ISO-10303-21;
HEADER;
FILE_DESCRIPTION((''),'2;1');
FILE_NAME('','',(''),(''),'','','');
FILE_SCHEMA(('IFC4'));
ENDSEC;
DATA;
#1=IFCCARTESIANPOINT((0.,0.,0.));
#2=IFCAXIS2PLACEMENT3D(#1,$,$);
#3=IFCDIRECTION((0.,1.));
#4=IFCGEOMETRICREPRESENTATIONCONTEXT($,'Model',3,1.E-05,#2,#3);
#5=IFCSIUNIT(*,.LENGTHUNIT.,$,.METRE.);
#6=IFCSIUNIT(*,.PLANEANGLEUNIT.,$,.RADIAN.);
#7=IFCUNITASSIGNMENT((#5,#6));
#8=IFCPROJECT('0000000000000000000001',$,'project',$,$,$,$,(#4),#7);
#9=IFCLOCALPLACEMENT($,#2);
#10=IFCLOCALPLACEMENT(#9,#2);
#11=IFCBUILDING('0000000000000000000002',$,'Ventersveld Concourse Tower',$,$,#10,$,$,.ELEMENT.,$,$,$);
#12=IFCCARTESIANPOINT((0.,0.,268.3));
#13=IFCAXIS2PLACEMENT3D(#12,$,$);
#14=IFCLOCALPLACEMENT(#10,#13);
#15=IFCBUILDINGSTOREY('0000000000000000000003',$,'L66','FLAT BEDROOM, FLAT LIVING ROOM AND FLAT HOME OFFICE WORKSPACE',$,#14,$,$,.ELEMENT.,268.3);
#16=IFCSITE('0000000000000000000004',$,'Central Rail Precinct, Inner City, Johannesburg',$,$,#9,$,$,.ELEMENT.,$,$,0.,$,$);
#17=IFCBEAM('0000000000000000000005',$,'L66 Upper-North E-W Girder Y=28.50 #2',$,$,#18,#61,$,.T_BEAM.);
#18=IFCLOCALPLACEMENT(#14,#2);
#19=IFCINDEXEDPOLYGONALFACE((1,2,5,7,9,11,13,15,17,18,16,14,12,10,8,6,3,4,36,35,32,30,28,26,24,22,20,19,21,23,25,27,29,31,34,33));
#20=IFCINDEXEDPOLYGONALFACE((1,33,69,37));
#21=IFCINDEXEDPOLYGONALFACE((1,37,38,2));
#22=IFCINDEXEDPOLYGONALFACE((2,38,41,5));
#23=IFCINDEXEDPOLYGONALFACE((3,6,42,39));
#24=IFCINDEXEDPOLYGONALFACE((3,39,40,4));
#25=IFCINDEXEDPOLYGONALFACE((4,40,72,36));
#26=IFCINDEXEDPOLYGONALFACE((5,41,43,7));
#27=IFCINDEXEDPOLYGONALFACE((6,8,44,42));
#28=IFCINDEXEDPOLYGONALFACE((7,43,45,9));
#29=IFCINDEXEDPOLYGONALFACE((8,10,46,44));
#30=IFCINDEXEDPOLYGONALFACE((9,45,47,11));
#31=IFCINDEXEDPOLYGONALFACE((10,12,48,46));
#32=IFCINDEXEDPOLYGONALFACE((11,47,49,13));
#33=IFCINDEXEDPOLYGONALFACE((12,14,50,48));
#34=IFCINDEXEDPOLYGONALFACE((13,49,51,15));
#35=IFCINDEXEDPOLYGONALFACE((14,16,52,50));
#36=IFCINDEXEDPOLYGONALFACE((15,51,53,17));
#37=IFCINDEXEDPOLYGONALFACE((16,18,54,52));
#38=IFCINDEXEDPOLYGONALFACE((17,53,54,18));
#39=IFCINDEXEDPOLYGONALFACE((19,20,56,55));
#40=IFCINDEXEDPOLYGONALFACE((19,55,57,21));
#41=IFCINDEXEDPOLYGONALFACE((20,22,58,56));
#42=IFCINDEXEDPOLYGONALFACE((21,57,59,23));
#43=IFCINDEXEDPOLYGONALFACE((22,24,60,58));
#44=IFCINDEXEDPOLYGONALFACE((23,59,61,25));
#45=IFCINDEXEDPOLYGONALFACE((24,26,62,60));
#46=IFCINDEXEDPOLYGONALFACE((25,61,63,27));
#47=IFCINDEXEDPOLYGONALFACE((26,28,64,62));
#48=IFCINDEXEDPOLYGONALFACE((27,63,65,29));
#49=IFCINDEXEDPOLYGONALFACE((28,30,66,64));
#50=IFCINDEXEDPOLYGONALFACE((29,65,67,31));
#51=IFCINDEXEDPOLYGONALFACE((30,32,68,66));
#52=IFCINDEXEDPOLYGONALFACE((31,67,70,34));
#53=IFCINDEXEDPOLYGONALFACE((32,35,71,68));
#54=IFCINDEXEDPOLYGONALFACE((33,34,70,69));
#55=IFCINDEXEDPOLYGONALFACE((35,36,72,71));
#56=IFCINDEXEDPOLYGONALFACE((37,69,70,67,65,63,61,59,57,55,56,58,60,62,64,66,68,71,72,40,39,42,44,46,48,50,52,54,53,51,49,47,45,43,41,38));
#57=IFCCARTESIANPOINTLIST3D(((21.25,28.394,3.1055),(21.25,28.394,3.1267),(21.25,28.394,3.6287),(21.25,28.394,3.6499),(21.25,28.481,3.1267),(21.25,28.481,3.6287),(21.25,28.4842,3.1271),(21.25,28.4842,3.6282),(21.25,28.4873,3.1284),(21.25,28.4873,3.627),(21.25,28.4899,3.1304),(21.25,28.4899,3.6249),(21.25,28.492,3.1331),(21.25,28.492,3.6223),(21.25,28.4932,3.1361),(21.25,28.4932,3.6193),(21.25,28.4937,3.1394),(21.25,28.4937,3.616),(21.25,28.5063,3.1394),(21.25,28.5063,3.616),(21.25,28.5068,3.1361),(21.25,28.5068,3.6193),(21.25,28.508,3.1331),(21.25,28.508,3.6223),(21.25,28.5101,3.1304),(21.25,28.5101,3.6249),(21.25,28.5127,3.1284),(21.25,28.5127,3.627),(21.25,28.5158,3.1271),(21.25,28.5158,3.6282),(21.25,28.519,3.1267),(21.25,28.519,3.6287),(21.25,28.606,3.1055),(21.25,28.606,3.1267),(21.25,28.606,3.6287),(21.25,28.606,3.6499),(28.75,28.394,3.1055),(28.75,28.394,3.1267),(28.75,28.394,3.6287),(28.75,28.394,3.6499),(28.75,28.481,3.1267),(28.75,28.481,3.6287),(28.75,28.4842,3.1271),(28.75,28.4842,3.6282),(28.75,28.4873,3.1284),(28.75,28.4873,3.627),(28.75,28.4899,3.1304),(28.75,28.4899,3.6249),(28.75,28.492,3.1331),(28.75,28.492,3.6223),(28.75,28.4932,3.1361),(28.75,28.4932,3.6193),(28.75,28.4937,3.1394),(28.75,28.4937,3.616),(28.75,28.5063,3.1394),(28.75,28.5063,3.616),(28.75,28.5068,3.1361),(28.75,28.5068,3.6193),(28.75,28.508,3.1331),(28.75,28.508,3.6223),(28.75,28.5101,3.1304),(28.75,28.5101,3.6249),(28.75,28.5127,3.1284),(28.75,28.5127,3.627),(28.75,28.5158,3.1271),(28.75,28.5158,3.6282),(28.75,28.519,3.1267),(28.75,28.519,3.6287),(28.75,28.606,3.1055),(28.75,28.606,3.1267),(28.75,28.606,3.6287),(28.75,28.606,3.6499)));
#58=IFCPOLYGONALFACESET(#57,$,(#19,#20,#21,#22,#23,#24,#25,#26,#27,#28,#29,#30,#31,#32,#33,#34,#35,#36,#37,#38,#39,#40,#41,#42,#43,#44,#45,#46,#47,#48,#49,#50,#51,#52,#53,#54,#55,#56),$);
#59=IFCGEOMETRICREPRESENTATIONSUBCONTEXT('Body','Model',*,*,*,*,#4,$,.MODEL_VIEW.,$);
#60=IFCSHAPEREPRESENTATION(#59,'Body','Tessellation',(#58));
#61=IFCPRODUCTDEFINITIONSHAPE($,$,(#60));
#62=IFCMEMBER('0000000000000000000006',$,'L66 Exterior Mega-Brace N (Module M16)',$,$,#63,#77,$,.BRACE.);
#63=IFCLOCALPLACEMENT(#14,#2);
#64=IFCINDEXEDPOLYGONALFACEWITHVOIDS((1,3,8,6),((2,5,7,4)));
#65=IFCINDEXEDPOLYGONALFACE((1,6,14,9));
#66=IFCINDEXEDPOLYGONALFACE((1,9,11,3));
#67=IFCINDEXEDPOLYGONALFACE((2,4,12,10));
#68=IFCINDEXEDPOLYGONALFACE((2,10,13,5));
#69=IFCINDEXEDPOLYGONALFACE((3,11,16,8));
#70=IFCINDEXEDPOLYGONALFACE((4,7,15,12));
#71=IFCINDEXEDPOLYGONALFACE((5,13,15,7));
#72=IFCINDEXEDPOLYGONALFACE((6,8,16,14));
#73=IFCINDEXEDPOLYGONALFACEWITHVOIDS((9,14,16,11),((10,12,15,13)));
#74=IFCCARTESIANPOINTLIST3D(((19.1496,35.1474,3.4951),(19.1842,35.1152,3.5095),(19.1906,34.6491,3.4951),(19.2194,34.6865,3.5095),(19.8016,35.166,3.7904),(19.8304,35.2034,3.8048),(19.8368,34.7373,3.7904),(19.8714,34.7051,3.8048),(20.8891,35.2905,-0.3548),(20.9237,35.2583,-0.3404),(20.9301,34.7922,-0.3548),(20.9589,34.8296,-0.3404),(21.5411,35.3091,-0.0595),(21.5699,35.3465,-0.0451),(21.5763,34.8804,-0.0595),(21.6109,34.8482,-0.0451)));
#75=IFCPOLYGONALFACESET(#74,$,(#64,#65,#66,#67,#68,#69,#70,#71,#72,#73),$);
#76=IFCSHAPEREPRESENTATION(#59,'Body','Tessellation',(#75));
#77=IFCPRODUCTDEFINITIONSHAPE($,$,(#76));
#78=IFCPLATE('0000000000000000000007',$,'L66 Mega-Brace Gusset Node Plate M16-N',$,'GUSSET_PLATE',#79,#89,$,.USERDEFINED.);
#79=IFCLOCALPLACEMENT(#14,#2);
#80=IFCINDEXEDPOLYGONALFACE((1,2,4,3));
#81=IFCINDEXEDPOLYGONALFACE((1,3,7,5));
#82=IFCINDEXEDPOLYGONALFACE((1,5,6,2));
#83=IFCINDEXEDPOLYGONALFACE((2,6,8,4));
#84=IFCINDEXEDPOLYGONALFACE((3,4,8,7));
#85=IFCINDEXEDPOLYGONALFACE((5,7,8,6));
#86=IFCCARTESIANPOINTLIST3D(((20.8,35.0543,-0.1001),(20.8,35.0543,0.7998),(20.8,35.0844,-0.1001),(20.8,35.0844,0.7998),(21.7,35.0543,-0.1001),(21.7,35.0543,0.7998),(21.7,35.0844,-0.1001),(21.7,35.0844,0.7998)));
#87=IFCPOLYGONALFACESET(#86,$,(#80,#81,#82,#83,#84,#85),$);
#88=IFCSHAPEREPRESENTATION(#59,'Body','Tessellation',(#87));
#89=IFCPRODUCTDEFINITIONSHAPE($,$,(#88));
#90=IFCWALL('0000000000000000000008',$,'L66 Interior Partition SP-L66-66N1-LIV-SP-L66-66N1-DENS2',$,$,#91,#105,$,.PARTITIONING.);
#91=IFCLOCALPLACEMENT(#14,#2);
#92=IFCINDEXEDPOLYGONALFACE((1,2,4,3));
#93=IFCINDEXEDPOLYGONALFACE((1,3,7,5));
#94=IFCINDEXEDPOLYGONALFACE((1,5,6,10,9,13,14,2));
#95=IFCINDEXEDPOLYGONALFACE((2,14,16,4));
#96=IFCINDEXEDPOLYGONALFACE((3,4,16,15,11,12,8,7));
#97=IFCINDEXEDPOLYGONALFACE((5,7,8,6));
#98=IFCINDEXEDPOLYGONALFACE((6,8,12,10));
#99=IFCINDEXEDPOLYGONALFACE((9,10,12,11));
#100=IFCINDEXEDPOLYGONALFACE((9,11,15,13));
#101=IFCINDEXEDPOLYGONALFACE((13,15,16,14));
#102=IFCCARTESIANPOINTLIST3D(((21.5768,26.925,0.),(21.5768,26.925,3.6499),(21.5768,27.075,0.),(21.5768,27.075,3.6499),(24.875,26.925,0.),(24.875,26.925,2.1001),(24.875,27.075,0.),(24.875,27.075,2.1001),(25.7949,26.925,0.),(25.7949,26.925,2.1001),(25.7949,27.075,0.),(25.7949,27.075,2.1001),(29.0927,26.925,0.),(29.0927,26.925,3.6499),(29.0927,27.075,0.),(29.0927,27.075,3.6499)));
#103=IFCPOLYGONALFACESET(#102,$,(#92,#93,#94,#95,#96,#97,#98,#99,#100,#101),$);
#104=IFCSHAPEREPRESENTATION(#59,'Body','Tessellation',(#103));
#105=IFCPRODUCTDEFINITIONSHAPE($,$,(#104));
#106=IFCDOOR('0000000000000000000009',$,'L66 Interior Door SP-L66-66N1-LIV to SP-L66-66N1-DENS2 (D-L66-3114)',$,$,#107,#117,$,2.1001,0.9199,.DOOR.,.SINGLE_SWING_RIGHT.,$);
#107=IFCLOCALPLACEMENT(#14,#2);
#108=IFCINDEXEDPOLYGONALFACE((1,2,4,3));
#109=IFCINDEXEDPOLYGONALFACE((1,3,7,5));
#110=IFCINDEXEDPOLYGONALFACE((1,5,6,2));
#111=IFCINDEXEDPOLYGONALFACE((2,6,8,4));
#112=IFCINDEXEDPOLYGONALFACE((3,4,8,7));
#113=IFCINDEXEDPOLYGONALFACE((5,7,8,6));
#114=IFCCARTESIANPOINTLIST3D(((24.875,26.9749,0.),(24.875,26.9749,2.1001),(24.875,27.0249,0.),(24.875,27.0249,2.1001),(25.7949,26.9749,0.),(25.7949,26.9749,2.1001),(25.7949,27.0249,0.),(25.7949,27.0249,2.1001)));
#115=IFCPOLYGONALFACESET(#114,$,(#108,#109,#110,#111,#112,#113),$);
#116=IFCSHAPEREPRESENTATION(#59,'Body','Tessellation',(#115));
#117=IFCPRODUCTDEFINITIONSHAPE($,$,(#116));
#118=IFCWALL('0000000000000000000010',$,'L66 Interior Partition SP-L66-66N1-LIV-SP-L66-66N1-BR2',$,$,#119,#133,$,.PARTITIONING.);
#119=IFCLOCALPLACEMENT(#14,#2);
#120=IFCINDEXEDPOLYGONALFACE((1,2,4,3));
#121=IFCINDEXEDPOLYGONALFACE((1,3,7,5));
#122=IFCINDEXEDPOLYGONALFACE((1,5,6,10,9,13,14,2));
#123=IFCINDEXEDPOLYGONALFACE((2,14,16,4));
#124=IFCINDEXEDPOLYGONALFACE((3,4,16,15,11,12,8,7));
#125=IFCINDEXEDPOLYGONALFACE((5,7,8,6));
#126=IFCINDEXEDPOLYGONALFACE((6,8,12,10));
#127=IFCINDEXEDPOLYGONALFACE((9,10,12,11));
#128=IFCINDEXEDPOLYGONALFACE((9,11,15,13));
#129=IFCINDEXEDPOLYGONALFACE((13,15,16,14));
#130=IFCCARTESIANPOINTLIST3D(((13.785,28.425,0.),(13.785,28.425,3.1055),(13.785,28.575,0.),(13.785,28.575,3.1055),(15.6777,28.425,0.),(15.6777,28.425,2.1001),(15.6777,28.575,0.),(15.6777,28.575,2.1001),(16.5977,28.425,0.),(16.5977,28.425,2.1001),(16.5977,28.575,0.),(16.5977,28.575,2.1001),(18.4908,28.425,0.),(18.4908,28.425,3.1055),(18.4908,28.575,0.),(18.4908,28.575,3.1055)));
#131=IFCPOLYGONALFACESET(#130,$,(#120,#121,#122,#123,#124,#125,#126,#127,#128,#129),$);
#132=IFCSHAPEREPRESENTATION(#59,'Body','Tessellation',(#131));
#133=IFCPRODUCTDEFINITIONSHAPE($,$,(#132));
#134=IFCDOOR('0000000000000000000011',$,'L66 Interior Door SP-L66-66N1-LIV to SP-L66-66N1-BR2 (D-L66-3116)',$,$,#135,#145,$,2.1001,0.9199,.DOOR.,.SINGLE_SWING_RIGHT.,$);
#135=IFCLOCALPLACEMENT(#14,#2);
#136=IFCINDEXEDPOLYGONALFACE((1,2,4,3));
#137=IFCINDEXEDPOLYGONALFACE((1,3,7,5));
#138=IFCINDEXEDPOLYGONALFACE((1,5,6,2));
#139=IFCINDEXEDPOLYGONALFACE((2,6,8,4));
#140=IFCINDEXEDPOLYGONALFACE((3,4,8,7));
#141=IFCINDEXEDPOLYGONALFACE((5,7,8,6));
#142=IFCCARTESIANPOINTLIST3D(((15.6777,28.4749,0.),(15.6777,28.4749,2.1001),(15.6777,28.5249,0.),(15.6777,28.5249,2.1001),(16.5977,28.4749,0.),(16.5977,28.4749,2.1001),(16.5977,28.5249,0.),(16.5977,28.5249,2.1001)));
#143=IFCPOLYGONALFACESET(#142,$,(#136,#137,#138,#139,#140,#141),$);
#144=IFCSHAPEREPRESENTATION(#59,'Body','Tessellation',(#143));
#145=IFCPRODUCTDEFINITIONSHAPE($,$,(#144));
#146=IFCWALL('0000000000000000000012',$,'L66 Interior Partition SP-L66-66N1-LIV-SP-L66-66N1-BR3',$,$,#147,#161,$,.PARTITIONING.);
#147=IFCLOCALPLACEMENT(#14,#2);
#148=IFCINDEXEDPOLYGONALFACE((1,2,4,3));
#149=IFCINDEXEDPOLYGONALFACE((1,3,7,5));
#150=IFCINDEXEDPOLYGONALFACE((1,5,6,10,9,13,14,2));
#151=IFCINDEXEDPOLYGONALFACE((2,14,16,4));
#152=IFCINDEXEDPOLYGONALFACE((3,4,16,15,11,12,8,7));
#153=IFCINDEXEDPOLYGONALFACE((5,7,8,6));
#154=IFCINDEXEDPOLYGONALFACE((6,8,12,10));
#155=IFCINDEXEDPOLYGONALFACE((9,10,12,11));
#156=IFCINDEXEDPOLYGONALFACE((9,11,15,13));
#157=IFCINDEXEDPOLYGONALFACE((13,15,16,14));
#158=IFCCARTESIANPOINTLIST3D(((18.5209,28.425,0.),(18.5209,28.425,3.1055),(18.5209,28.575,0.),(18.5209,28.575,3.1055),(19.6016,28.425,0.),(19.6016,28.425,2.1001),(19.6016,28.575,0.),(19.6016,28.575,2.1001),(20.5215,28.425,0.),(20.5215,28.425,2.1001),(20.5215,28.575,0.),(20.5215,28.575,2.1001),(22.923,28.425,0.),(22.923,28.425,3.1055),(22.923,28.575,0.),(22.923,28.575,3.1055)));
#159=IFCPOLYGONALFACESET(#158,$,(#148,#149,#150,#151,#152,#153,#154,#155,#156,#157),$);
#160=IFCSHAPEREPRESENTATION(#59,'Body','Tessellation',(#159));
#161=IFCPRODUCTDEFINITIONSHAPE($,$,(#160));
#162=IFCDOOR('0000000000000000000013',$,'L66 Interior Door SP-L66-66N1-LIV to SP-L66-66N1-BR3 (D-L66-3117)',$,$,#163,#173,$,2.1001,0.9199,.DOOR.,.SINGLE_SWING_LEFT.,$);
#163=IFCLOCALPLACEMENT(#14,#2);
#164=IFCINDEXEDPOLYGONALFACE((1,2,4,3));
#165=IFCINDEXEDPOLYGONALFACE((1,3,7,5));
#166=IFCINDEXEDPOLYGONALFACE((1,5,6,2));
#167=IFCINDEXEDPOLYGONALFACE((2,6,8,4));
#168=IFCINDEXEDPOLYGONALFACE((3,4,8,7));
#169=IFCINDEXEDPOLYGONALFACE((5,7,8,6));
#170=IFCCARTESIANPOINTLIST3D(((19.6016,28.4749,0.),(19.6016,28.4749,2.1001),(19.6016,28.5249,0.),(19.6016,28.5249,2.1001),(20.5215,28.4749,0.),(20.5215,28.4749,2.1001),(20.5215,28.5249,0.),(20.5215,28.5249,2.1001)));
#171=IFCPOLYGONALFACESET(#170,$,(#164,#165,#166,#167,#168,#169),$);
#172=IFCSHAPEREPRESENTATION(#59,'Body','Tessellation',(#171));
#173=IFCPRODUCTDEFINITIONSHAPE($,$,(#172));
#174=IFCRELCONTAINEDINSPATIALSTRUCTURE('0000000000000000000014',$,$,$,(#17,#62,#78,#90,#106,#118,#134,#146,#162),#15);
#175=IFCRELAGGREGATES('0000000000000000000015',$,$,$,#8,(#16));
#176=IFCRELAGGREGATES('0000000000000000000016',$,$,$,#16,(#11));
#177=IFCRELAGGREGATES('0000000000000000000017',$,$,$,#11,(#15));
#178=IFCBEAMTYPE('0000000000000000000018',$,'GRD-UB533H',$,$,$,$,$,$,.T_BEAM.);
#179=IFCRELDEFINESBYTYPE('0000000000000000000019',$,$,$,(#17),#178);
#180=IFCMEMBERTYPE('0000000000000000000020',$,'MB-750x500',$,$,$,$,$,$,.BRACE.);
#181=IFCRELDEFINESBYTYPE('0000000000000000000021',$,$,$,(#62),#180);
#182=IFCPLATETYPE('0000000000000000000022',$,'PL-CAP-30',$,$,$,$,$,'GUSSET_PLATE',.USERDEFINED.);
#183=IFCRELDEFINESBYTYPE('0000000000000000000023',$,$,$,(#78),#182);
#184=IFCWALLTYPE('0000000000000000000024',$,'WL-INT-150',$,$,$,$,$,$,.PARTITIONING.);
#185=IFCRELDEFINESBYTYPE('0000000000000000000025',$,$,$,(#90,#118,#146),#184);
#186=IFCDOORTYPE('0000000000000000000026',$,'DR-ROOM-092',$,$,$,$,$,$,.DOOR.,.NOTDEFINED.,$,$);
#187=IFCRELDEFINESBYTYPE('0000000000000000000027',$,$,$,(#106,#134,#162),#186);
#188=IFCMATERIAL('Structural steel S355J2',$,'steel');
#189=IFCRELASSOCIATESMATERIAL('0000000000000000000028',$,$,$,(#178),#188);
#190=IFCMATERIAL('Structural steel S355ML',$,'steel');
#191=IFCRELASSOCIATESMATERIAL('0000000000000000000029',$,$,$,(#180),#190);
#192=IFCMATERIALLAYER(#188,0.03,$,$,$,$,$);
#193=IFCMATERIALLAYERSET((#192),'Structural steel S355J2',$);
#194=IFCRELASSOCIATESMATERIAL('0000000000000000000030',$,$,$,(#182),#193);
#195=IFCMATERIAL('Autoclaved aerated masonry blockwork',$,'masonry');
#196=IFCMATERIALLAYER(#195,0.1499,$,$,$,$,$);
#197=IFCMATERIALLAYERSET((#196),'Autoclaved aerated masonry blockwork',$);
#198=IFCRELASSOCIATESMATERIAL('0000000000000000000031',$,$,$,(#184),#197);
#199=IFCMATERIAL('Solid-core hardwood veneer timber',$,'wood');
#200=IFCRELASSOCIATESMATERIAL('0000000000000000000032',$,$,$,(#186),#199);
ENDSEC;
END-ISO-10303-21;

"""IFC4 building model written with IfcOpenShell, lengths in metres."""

from ifc_helpers import new_model, si_unit, direction, frame, frame_2d, origin, origin_2d, place, context, subcontext, project, spatial, rectangle, hollow_rectangle, i_section, extrude, material, layer, layer_set, material_profile, profile_set, type_object, element, fill, save


model = new_model("IFC4")

# Units and contexts
model_context = context("Model", 3, precision=1e-05, world=origin(), true_north=direction((0.0, 1.0)))
body_context = subcontext(model_context, "Body", "Model", "MODEL_VIEW")
ifc_project = project(units=[si_unit("LENGTHUNIT", "METRE"), si_unit("PLANEANGLEUNIT", "RADIAN")], contexts=[model_context])

# Site, building, storey
site_placement = place(None, origin())
site = spatial("IfcSite", under=ifc_project, at=site_placement, Name="Central Rail Precinct, Inner City, Johannesburg", CompositionType="ELEMENT", RefElevation=0.0)
building_placement = place(site_placement, origin())
building = spatial("IfcBuilding", under=site, at=building_placement, Name="Ventersveld Concourse Tower", CompositionType="ELEMENT")
storey_placement = place(building_placement, frame((0.0, 0.0, 268.3)))
storey = spatial("IfcBuildingStorey", under=building, at=storey_placement, Name="L66", Description="FLAT BEDROOM, FLAT LIVING ROOM AND FLAT HOME OFFICE WORKSPACE", CompositionType="ELEMENT", Elevation=268.3)

# Beam
ifc_material_1 = material(Name="Structural steel S355J2", Category="steel")
ifc_material_profile_1 = material_profile(ifc_material_1, i_section(OverallWidth=0.2119, OverallDepth=0.5444, WebThickness=0.0127, FlangeThickness=0.0212, FilletRadius=0.0127, at=origin_2d()), Name="UB 533x210x122")
ifc_profile_set_1 = profile_set([ifc_material_profile_1], Name="Structural steel S355J2")
beam_type_1 = type_object("IfcBeamType", Name="GRD-UB533H", PredefinedType="T_BEAM", material=ifc_profile_set_1)
for number, where, z_axis, x_axis, name in (
    (1, (21.25, 28.5, 3.3777), (1.0, 0.0, 0.0), (0.0, 1.0, 0.0), "L66 Upper-North E-W Girder Y=28.50 #2"),
):
    element("IfcBeam", number, at=place(storey_placement, frame(where, z_axis=z_axis, x_axis=x_axis)), inside=storey, type_object=beam_type_1, Name=name, PredefinedType="T_BEAM", context=body_context, shape_type="SweptSolid", body=[
        extrude(i_section(OverallWidth=0.2119, OverallDepth=0.5444, WebThickness=0.0127, FlangeThickness=0.0212, FilletRadius=0.0127, at=origin_2d()), origin(), (0.0, 0.0, 1.0), 7.5),
    ])

# Member
ifc_material_2 = material(Name="Structural steel S355ML", Category="steel")
ifc_material_profile_2 = material_profile(ifc_material_2, hollow_rectangle(XDim=0.5, YDim=0.75, WallThickness=0.0349, at=origin_2d()), Name="BOX 750x500x35")
ifc_profile_set_2 = profile_set([ifc_material_profile_2], Name="Structural steel S355ML")
member_type = type_object("IfcMemberType", Name="MB-750x500", PredefinedType="BRACE", material=ifc_profile_set_2)
member_placement = place(storey_placement, frame((21.25, 35.0693, -0.2), z_axis=(-0.41152, -0.033846, 0.910772), x_axis=(0.081969, -0.996635, 0.0)))
element("IfcMember", 2, at=member_placement, inside=storey, type_object=member_type, Name="L66 Exterior Mega-Brace N (Module M16)", PredefinedType="BRACE", context=body_context, shape_type="SweptSolid", body=[
    extrude(hollow_rectangle(XDim=0.5, YDim=0.75, WallThickness=0.0349, at=origin_2d()), origin(), (0.0, 0.0, 1.0), 4.2271),
])

# Plate
ifc_layer_1 = layer(ifc_material_1, 0.03)
ifc_layer_set_1 = layer_set([ifc_layer_1], Name="Structural steel S355J2")
plate_type = type_object("IfcPlateType", Name="PL-CAP-30", ElementType="GUSSET_PLATE", PredefinedType="USERDEFINED", material=ifc_layer_set_1)
plate_placement = place(storey_placement, frame((21.25, 35.0693, -0.1001), z_axis=(0.0, 0.0, 1.0), x_axis=(1.0, 0.0, 0.0)))
element("IfcPlate", 3, at=plate_placement, inside=storey, type_object=plate_type, Name="L66 Mega-Brace Gusset Node Plate M16-N", ObjectType="GUSSET_PLATE", PredefinedType="USERDEFINED", context=body_context, shape_type="SweptSolid", body=[
    extrude(rectangle(XDim=0.8999, YDim=0.03, at=origin_2d()), origin(), (0.0, 0.0, 1.0), 0.8999),
])

# Walls, openings, doors
ifc_material_3 = material(Name="Autoclaved aerated masonry blockwork", Category="masonry")
ifc_layer_2 = layer(ifc_material_3, 0.1499)
ifc_layer_set_2 = layer_set([ifc_layer_2], Name="Autoclaved aerated masonry blockwork")
wall_type = type_object("IfcWallType", Name="WL-INT-150", PredefinedType="PARTITIONING", material=ifc_layer_set_2)
wall_1_placement = place(storey_placement, frame((21.5769, 27.0, 0.0), z_axis=(0.0, 0.0, 1.0), x_axis=(1.0, 0.0, 0.0)))
wall_1 = element("IfcWall", 4, at=wall_1_placement, inside=storey, type_object=wall_type, Name="L66 Interior Partition SP-L66-66N1-LIV-SP-L66-66N1-DENS2", PredefinedType="PARTITIONING", context=body_context, shape_type="SweptSolid", body=[
    extrude(rectangle(XDim=7.5159, YDim=0.1499, at=frame_2d((3.7578, 0.0))), origin(), (0.0, 0.0, 1.0), 3.6499),
])
opening_1_placement = place(wall_1_placement, frame((3.2981, 0.0, 0.0)))
opening_1 = element("IfcOpeningElement", 5, at=opening_1_placement, cuts=wall_1, PredefinedType="OPENING", context=body_context, shape_type="SweptSolid", body=[
    extrude(rectangle(XDim=0.9199, YDim=2.1001, at=frame_2d((0.46, 1.05))), frame((0.0, 0.085, 0.0), z_axis=(0.0, -1.0, 0.0), x_axis=(1.0, 0.0, 0.0)), (0.0, 0.0, 1.0), 0.1699),
])
ifc_material_4 = material(Name="Solid-core hardwood veneer timber", Category="wood")
door_type = type_object("IfcDoorType", Name="DR-ROOM-092", OperationType="NOTDEFINED", PredefinedType="DOOR", material=ifc_material_4)
door_1_placement = place(opening_1_placement, origin())
door_1 = element("IfcDoor", 6, at=door_1_placement, inside=storey, type_object=door_type, Name="L66 Interior Door SP-L66-66N1-LIV to SP-L66-66N1-DENS2 (D-L66-3114)", OperationType="SINGLE_SWING_RIGHT", OverallHeight=2.1001, OverallWidth=0.9199, PredefinedType="DOOR", context=body_context, shape_type="SweptSolid", body=[
    extrude(rectangle(XDim=0.9199, YDim=2.1001, at=frame_2d((0.46, 1.05))), frame((0.0, 0.0249, 0.0), z_axis=(0.0, -1.0, 0.0), x_axis=(1.0, 0.0, 0.0)), (0.0, 0.0, 1.0), 0.05),
])
fill(opening_1, door_1)
wall_2_placement = place(storey_placement, frame((13.7849, 28.5, 0.0), z_axis=(0.0, 0.0, 1.0), x_axis=(1.0, 0.0, 0.0)))
wall_2 = element("IfcWall", 7, at=wall_2_placement, inside=storey, type_object=wall_type, Name="L66 Interior Partition SP-L66-66N1-LIV-SP-L66-66N1-BR2", PredefinedType="PARTITIONING", context=body_context, shape_type="SweptSolid", body=[
    extrude(rectangle(XDim=4.7058, YDim=0.1499, at=frame_2d((2.353, 0.0))), origin(), (0.0, 0.0, 1.0), 3.1055),
])
opening_2_placement = place(wall_2_placement, frame((1.8928, 0.0, 0.0)))
opening_2 = element("IfcOpeningElement", 8, at=opening_2_placement, cuts=wall_2, PredefinedType="OPENING", context=body_context, shape_type="SweptSolid", body=[
    extrude(rectangle(XDim=0.9199, YDim=2.1001, at=frame_2d((0.46, 1.05))), frame((0.0, 0.085, 0.0), z_axis=(0.0, -1.0, 0.0), x_axis=(1.0, 0.0, 0.0)), (0.0, 0.0, 1.0), 0.1699),
])
door_2_placement = place(opening_2_placement, origin())
door_2 = element("IfcDoor", 9, at=door_2_placement, inside=storey, type_object=door_type, Name="L66 Interior Door SP-L66-66N1-LIV to SP-L66-66N1-BR2 (D-L66-3116)", OperationType="SINGLE_SWING_RIGHT", OverallHeight=2.1001, OverallWidth=0.9199, PredefinedType="DOOR", context=body_context, shape_type="SweptSolid", body=[
    extrude(rectangle(XDim=0.9199, YDim=2.1001, at=frame_2d((0.46, 1.05))), frame((0.0, 0.0249, 0.0), z_axis=(0.0, -1.0, 0.0), x_axis=(1.0, 0.0, 0.0)), (0.0, 0.0, 1.0), 0.05),
])
fill(opening_2, door_2)
wall_3_placement = place(storey_placement, frame((18.5208, 28.5, 0.0), z_axis=(0.0, 0.0, 1.0), x_axis=(1.0, 0.0, 0.0)))
wall_3 = element("IfcWall", 10, at=wall_3_placement, inside=storey, type_object=wall_type, Name="L66 Interior Partition SP-L66-66N1-LIV-SP-L66-66N1-BR3", PredefinedType="PARTITIONING", context=body_context, shape_type="SweptSolid", body=[
    extrude(rectangle(XDim=4.4021, YDim=0.1499, at=frame_2d((2.2012, 0.0))), origin(), (0.0, 0.0, 1.0), 3.1055),
])
opening_3_placement = place(wall_3_placement, frame((1.0808, 0.0, 0.0)))
opening_3 = element("IfcOpeningElement", 11, at=opening_3_placement, cuts=wall_3, PredefinedType="OPENING", context=body_context, shape_type="SweptSolid", body=[
    extrude(rectangle(XDim=0.9199, YDim=2.1001, at=frame_2d((0.46, 1.05))), frame((0.0, 0.085, 0.0), z_axis=(0.0, -1.0, 0.0), x_axis=(1.0, 0.0, 0.0)), (0.0, 0.0, 1.0), 0.1699),
])
door_3_placement = place(opening_3_placement, origin())
door_3 = element("IfcDoor", 12, at=door_3_placement, inside=storey, type_object=door_type, Name="L66 Interior Door SP-L66-66N1-LIV to SP-L66-66N1-BR3 (D-L66-3117)", OperationType="SINGLE_SWING_LEFT", OverallHeight=2.1001, OverallWidth=0.9199, PredefinedType="DOOR", context=body_context, shape_type="SweptSolid", body=[
    extrude(rectangle(XDim=0.9199, YDim=2.1001, at=frame_2d((0.46, 1.05))), frame((0.0, 0.0249, 0.0), z_axis=(0.0, -1.0, 0.0), x_axis=(1.0, 0.0, 0.0)), (0.0, 0.0, 1.0), 0.05),
])
fill(opening_3, door_3)

save(model, "model.ifc")
